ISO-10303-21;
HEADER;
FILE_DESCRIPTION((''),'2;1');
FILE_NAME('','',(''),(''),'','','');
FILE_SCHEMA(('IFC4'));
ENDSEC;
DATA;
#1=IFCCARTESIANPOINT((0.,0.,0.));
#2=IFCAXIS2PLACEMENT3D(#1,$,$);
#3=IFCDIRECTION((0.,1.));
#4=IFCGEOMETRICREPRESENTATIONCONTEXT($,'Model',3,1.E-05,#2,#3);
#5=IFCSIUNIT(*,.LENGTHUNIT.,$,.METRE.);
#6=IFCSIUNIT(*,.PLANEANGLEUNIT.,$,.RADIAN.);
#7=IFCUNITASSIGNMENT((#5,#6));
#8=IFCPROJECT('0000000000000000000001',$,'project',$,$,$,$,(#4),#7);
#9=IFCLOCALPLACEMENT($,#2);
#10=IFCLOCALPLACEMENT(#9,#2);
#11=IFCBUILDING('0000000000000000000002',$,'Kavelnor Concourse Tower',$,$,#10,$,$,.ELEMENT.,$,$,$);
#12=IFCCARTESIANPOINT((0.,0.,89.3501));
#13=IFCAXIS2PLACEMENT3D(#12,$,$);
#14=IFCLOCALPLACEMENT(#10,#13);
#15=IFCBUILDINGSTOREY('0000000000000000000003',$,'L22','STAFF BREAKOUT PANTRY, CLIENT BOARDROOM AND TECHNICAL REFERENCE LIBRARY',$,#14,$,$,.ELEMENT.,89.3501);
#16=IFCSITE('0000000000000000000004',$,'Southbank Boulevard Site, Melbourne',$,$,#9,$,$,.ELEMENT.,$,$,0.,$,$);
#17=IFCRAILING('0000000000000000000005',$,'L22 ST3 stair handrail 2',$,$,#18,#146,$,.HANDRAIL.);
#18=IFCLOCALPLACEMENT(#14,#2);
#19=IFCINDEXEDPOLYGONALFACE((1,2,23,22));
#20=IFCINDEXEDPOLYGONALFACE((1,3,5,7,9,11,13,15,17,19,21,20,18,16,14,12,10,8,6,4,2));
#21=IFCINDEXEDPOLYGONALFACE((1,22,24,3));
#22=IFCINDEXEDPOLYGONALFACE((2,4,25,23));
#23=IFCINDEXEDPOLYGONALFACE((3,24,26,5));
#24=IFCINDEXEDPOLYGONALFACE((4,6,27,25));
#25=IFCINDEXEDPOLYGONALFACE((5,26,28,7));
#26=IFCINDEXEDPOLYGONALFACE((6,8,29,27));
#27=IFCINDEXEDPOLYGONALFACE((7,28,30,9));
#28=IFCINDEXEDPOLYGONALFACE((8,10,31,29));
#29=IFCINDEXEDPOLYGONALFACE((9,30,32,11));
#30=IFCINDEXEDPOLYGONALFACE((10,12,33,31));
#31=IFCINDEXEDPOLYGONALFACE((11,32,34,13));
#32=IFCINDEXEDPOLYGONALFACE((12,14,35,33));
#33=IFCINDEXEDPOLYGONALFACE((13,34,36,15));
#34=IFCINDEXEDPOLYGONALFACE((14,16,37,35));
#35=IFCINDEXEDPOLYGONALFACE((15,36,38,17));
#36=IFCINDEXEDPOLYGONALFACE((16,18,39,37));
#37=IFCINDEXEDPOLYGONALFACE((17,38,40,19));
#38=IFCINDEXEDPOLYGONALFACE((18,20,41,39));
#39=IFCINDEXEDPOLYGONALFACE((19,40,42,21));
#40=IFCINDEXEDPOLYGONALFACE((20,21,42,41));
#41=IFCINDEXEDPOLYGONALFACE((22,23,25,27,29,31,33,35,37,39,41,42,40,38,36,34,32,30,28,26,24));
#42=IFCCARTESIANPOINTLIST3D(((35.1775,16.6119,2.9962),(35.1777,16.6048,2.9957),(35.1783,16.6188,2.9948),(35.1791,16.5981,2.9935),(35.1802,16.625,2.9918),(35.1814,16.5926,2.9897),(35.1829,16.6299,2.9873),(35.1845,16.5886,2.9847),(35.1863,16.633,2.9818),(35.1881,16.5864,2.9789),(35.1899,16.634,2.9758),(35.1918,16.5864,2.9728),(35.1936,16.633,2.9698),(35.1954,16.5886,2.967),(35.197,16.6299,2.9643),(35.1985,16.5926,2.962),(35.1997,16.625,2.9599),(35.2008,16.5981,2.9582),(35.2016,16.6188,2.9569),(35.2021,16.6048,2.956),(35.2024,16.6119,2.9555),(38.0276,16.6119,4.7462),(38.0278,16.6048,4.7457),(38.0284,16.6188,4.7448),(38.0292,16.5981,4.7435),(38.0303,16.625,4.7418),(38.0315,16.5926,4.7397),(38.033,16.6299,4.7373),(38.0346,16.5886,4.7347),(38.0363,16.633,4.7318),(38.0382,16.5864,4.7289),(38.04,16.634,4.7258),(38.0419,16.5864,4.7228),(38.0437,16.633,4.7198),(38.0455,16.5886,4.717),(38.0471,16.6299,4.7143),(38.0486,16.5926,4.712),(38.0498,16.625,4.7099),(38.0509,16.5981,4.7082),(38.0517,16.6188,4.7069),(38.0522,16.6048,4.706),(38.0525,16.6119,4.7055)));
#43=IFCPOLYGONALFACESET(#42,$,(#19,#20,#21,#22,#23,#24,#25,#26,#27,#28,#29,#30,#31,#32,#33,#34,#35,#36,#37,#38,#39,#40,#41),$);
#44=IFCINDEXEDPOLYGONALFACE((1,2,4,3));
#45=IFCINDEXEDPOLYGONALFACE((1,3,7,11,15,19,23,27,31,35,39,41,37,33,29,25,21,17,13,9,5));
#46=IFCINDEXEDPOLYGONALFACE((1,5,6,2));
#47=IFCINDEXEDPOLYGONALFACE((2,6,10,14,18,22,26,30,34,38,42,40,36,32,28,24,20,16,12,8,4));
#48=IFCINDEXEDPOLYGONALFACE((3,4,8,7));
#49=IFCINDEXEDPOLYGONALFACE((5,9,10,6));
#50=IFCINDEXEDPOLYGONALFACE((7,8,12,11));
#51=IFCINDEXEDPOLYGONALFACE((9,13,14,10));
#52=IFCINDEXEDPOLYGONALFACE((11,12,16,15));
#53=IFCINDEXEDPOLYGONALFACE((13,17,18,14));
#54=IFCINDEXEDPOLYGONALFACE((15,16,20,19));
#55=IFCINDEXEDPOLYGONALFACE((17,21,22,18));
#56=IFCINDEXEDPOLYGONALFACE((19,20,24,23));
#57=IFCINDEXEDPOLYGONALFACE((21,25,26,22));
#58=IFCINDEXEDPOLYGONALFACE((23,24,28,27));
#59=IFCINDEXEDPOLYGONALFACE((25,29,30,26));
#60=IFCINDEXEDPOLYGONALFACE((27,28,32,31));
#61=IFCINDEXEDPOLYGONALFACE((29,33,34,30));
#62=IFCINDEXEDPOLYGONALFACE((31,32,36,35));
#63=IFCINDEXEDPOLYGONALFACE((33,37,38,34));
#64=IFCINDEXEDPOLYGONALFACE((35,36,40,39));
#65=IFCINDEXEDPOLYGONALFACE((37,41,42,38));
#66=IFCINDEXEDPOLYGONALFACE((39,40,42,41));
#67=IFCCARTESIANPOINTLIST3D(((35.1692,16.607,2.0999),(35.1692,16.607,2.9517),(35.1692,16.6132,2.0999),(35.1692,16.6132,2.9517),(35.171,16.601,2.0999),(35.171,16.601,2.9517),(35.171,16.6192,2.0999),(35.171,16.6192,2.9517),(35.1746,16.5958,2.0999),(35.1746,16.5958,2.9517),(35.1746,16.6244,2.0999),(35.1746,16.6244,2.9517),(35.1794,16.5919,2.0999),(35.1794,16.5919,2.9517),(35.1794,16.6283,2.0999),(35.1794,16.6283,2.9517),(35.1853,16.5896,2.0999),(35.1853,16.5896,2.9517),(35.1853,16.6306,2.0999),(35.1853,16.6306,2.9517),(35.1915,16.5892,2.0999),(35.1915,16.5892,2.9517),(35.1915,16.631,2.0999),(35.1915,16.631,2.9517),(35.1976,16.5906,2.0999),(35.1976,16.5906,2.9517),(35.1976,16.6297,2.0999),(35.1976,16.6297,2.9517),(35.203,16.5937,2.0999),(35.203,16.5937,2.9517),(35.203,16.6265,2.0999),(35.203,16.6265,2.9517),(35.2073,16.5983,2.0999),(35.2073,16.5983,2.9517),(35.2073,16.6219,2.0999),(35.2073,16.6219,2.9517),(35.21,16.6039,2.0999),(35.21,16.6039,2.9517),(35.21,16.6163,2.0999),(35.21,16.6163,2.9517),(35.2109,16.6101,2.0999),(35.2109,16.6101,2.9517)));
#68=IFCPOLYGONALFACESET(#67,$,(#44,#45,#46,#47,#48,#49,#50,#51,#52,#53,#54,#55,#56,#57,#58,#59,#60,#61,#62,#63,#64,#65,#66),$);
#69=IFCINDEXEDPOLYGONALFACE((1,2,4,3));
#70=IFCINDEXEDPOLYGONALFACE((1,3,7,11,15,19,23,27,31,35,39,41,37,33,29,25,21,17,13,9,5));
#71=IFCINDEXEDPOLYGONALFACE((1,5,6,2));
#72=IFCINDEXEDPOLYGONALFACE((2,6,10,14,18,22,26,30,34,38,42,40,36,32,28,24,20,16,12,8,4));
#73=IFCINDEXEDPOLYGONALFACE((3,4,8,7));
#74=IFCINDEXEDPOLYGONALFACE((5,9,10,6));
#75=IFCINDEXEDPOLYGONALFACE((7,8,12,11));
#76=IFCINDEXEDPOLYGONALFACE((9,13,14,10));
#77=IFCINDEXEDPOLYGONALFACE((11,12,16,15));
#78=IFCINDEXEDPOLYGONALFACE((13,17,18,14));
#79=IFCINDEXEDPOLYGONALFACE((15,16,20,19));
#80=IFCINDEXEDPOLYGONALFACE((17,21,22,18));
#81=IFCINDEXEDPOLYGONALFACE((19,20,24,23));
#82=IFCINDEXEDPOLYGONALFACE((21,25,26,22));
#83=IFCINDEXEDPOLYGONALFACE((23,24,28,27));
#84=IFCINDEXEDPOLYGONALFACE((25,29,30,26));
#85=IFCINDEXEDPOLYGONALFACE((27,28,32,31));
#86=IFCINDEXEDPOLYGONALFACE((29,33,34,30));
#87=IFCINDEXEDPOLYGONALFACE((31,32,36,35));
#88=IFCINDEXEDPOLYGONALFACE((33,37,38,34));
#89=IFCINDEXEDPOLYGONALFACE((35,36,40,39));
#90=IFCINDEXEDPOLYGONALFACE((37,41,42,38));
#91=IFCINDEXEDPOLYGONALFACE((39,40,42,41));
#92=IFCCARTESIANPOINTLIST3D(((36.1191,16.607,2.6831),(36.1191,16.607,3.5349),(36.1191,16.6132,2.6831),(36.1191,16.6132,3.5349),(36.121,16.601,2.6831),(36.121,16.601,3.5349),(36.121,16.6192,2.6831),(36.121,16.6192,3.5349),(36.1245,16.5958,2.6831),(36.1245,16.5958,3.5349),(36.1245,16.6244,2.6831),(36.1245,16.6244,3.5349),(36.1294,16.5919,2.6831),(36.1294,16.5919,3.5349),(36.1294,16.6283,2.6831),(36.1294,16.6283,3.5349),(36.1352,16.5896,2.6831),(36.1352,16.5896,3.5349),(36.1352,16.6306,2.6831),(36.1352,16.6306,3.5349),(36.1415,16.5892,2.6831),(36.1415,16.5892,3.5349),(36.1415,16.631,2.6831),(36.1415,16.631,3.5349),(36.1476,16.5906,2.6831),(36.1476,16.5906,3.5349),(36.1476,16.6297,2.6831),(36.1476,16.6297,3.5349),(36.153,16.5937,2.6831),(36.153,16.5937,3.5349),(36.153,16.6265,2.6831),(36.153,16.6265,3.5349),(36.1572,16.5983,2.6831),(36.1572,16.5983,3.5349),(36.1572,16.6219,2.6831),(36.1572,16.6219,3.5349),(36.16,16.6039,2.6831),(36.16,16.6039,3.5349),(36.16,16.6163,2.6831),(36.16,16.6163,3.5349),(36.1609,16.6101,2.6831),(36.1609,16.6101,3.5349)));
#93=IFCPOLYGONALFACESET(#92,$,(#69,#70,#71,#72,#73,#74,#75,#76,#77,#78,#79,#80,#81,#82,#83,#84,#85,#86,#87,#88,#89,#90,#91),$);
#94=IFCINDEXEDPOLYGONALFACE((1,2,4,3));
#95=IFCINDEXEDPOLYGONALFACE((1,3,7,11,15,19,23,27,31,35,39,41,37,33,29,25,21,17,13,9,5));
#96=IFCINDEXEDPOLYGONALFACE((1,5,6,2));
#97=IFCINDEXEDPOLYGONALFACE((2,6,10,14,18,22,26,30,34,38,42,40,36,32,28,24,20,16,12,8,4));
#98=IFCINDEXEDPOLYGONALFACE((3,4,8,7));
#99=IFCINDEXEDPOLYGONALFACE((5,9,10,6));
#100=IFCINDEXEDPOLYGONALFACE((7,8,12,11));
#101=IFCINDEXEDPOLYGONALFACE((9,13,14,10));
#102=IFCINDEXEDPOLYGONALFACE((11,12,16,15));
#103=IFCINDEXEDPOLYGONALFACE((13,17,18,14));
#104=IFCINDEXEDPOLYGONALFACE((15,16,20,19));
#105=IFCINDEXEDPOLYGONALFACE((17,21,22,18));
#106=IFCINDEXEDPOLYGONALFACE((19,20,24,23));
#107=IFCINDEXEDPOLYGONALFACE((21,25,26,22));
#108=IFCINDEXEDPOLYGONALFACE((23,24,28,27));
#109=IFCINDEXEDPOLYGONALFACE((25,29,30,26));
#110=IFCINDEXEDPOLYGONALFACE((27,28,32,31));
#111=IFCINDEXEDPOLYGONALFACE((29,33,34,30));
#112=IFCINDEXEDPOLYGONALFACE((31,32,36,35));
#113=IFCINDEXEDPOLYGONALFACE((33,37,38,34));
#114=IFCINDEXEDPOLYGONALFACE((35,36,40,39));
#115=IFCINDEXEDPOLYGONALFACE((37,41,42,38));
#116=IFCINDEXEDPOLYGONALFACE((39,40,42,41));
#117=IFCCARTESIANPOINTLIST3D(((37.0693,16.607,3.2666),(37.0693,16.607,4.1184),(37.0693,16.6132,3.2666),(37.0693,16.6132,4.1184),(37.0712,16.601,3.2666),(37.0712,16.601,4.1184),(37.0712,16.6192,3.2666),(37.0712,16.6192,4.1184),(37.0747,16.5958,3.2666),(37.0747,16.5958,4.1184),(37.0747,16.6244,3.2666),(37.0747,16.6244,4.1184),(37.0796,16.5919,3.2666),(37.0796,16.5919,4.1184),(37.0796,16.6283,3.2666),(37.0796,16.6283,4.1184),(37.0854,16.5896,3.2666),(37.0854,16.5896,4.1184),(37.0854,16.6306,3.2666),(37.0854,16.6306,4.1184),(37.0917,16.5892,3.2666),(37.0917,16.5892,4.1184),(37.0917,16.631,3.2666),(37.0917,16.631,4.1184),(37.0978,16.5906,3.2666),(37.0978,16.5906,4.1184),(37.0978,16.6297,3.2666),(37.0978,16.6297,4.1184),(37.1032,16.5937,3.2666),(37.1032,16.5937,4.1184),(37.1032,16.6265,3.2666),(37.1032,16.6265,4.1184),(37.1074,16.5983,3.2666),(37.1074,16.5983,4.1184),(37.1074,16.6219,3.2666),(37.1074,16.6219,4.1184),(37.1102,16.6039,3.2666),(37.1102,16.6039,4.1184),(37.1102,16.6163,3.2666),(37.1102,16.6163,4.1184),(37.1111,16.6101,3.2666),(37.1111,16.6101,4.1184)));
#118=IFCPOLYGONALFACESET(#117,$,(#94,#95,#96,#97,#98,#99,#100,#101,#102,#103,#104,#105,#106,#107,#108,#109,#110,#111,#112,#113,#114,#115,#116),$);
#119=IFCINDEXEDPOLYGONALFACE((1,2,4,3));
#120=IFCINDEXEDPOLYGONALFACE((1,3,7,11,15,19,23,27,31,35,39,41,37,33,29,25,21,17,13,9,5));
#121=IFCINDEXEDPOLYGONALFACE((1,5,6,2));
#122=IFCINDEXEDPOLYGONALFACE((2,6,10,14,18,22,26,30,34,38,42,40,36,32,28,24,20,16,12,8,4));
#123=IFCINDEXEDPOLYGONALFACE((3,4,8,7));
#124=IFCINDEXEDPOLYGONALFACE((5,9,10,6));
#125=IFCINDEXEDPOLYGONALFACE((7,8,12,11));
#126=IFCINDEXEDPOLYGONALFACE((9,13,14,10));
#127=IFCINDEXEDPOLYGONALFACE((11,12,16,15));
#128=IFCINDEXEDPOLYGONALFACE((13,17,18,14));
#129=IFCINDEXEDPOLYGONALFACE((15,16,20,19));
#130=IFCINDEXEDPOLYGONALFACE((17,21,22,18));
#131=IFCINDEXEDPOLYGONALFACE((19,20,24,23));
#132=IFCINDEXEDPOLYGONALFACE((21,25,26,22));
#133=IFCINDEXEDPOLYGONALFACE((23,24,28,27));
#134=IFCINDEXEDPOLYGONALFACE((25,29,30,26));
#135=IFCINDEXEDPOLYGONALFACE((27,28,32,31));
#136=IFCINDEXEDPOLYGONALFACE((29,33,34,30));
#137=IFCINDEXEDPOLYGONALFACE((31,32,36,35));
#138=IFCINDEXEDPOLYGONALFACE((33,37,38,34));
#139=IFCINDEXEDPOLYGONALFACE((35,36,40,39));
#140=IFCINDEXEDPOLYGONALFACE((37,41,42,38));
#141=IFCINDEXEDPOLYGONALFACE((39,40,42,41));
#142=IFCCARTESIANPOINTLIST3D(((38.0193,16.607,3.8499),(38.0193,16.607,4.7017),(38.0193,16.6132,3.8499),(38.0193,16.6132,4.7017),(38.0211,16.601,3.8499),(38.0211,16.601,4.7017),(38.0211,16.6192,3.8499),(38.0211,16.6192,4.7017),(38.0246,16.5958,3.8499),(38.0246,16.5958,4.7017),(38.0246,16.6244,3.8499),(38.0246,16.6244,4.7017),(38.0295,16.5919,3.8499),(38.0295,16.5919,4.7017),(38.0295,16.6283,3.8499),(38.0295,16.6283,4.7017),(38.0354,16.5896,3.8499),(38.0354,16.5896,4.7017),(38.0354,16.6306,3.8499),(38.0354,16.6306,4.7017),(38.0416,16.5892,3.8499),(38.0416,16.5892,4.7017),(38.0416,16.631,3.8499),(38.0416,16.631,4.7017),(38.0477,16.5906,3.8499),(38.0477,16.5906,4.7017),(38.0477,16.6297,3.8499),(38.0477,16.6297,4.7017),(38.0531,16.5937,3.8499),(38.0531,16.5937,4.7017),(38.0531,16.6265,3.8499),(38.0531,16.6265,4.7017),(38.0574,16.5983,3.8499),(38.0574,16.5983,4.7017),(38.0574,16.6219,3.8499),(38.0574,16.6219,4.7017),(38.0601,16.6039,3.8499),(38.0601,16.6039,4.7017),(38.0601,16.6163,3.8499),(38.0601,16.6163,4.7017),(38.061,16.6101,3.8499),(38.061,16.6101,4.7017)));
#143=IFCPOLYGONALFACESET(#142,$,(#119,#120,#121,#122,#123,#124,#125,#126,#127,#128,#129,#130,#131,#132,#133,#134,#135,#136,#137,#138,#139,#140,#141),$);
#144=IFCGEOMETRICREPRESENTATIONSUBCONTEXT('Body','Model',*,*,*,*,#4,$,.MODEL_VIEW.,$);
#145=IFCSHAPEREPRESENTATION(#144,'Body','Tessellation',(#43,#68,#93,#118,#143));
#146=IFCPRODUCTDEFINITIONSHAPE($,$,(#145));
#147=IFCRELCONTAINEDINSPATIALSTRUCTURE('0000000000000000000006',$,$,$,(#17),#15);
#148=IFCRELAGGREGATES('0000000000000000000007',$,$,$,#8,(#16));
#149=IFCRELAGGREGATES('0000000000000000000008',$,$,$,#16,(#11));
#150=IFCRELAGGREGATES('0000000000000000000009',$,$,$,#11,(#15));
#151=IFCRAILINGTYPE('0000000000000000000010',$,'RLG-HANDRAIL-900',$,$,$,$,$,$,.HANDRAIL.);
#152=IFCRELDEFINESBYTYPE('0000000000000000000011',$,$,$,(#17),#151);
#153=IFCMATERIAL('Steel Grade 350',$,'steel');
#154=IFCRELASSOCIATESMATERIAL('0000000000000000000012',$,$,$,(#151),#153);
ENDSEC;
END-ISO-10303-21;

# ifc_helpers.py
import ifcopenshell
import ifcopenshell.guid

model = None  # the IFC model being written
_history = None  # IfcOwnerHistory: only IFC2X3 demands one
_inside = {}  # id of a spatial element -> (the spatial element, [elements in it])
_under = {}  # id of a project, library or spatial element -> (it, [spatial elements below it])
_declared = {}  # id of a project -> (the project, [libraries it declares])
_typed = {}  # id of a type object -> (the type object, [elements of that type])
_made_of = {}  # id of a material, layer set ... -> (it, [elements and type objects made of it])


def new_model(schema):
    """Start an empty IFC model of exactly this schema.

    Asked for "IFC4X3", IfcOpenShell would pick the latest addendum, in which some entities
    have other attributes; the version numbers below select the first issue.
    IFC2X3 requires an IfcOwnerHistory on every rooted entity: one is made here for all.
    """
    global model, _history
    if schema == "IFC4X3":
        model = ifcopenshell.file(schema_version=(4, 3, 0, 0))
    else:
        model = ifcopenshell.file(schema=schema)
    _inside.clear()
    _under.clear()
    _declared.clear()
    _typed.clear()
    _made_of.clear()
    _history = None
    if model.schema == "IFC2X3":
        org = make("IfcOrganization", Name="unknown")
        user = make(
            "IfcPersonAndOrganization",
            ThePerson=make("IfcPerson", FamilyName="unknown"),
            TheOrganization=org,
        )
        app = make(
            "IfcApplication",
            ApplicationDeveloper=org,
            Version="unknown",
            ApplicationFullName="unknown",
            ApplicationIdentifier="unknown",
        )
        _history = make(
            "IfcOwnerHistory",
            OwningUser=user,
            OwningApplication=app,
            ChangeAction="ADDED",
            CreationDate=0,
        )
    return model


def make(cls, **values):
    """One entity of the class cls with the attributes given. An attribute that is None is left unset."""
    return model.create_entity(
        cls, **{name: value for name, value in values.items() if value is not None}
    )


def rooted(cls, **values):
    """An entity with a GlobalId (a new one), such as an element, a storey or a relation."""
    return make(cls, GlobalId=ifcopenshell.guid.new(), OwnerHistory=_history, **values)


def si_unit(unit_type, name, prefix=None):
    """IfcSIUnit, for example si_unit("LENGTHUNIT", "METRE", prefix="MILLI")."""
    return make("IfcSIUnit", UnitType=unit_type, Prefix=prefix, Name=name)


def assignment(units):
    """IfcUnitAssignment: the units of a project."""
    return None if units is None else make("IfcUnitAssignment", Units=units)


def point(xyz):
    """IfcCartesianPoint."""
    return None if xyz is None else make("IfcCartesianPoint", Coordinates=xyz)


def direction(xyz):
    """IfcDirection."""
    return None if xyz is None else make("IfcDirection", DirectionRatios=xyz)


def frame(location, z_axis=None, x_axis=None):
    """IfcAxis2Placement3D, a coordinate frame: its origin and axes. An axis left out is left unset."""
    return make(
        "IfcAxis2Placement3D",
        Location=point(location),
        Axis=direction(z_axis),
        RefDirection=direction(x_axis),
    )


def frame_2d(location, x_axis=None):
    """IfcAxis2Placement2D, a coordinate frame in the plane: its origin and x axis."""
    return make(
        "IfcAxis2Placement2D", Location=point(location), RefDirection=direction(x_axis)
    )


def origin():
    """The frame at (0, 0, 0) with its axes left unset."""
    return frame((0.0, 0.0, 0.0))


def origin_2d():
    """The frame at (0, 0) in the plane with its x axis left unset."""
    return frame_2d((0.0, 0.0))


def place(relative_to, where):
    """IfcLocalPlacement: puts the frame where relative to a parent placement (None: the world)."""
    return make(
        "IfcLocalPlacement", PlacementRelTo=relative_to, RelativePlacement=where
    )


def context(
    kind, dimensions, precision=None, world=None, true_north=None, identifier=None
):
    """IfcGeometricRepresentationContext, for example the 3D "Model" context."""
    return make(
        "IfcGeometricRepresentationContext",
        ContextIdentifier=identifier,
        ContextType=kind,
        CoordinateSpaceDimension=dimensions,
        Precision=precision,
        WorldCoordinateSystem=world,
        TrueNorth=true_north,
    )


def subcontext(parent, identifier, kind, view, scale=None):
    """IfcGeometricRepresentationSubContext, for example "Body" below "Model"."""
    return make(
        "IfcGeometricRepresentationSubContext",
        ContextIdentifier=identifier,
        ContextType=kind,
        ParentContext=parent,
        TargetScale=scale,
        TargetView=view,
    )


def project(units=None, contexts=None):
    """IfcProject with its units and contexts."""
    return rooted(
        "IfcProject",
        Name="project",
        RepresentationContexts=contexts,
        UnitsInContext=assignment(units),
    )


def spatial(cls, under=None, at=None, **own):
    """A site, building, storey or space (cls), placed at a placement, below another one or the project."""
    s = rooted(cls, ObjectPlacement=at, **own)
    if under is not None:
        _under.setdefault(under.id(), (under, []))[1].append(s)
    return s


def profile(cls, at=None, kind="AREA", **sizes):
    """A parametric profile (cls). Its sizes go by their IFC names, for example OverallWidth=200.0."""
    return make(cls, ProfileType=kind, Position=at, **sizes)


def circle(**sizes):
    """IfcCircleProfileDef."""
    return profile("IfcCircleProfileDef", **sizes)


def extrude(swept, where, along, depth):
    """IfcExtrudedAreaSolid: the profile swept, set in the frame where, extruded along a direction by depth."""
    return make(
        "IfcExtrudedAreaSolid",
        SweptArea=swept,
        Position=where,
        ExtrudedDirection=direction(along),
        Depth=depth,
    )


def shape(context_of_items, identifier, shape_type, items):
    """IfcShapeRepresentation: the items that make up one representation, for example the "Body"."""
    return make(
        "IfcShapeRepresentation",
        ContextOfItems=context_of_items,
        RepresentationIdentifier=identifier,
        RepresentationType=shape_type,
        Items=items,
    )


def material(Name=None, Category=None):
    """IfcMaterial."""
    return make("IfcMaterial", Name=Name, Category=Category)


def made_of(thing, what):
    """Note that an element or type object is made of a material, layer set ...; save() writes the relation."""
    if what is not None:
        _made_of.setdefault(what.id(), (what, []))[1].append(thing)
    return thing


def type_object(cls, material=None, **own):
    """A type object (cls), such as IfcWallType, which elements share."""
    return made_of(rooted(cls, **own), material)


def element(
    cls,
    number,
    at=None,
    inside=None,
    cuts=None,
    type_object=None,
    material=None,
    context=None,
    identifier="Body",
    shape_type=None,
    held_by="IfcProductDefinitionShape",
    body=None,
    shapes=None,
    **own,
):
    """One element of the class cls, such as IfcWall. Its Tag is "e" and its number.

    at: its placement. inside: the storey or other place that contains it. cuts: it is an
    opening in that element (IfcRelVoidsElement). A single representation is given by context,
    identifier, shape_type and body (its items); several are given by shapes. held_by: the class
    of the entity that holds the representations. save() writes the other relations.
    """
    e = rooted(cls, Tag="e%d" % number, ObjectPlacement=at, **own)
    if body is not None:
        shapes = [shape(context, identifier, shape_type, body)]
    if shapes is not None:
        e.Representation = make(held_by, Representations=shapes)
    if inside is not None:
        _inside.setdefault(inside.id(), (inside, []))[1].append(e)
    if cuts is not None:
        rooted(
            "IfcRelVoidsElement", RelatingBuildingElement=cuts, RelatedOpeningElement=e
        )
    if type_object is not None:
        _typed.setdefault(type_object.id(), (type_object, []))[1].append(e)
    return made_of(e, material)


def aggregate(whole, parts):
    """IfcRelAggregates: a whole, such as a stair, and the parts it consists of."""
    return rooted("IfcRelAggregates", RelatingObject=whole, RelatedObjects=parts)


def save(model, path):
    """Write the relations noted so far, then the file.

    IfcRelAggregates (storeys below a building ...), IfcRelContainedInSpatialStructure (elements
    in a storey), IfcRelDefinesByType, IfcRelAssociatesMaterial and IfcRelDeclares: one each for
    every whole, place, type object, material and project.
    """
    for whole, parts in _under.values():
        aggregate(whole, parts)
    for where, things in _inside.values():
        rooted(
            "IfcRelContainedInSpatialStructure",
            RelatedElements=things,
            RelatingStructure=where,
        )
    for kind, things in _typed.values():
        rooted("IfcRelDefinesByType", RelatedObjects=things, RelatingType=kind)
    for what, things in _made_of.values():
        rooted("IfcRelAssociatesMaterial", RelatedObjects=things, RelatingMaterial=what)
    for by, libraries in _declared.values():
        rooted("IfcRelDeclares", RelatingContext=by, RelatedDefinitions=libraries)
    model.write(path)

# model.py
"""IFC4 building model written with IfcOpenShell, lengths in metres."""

from ifc_helpers import new_model, si_unit, direction, frame, origin, origin_2d, place, context, subcontext, project, spatial, circle, extrude, material, type_object, element, save


model = new_model("IFC4")

# Units and contexts
model_context = context("Model", 3, precision=1e-05, world=origin(), true_north=direction((0.0, 1.0)))
body_context = subcontext(model_context, "Body", "Model", "MODEL_VIEW")
ifc_project = project(units=[si_unit("LENGTHUNIT", "METRE"), si_unit("PLANEANGLEUNIT", "RADIAN")], contexts=[model_context])

# Site, building, storey
site_placement = place(None, origin())
site = spatial("IfcSite", under=ifc_project, at=site_placement, Name="Southbank Boulevard Site, Melbourne", CompositionType="ELEMENT", RefElevation=0.0)
building_placement = place(site_placement, origin())
building = spatial("IfcBuilding", under=site, at=building_placement, Name="Kavelnor Concourse Tower", CompositionType="ELEMENT")
storey_placement = place(building_placement, frame((0.0, 0.0, 89.3501)))
storey = spatial("IfcBuildingStorey", under=building, at=storey_placement, Name="L22", Description="STAFF BREAKOUT PANTRY, CLIENT BOARDROOM AND TECHNICAL REFERENCE LIBRARY", CompositionType="ELEMENT", Elevation=89.3501)

# Shared definitions
ifc_material_1 = material(Name="Steel Grade 350", Category="steel")

# Railing
railing_type_1 = type_object("IfcRailingType", Name="RLG-HANDRAIL-900", PredefinedType="HANDRAIL", material=ifc_material_1)
railing_1_placement = place(storey_placement, frame((35.1899, 16.6101, 2.0999)))
element("IfcRailing", 1, at=railing_1_placement, inside=storey, type_object=railing_type_1, Name="L22 ST3 stair handrail 2", PredefinedType="HANDRAIL", context=body_context, shape_type="SweptSolid", body=[
    extrude(circle(Radius=0.0239, at=origin_2d()), frame((0.0, 0.0, 0.876), z_axis=(0.852179, 0.0, 0.52325), x_axis=(0.0, 1.0, 0.0)), (0.0, 0.0, 1.0), 3.3445),
    extrude(circle(Radius=0.021, at=origin_2d()), origin(), (0.0, 0.0, 1.0), 0.8518),
    extrude(circle(Radius=0.021, at=origin_2d()), frame((0.95, 0.0, 0.5833)), (0.0, 0.0, 1.0), 0.8518),
    extrude(circle(Radius=0.021, at=origin_2d()), frame((1.9001, 0.0, 1.1667)), (0.0, 0.0, 1.0), 0.8518),
    extrude(circle(Radius=0.021, at=origin_2d()), frame((2.8501, 0.0, 1.75)), (0.0, 0.0, 1.0), 0.8518),
])

save(model, "model.ifc")
